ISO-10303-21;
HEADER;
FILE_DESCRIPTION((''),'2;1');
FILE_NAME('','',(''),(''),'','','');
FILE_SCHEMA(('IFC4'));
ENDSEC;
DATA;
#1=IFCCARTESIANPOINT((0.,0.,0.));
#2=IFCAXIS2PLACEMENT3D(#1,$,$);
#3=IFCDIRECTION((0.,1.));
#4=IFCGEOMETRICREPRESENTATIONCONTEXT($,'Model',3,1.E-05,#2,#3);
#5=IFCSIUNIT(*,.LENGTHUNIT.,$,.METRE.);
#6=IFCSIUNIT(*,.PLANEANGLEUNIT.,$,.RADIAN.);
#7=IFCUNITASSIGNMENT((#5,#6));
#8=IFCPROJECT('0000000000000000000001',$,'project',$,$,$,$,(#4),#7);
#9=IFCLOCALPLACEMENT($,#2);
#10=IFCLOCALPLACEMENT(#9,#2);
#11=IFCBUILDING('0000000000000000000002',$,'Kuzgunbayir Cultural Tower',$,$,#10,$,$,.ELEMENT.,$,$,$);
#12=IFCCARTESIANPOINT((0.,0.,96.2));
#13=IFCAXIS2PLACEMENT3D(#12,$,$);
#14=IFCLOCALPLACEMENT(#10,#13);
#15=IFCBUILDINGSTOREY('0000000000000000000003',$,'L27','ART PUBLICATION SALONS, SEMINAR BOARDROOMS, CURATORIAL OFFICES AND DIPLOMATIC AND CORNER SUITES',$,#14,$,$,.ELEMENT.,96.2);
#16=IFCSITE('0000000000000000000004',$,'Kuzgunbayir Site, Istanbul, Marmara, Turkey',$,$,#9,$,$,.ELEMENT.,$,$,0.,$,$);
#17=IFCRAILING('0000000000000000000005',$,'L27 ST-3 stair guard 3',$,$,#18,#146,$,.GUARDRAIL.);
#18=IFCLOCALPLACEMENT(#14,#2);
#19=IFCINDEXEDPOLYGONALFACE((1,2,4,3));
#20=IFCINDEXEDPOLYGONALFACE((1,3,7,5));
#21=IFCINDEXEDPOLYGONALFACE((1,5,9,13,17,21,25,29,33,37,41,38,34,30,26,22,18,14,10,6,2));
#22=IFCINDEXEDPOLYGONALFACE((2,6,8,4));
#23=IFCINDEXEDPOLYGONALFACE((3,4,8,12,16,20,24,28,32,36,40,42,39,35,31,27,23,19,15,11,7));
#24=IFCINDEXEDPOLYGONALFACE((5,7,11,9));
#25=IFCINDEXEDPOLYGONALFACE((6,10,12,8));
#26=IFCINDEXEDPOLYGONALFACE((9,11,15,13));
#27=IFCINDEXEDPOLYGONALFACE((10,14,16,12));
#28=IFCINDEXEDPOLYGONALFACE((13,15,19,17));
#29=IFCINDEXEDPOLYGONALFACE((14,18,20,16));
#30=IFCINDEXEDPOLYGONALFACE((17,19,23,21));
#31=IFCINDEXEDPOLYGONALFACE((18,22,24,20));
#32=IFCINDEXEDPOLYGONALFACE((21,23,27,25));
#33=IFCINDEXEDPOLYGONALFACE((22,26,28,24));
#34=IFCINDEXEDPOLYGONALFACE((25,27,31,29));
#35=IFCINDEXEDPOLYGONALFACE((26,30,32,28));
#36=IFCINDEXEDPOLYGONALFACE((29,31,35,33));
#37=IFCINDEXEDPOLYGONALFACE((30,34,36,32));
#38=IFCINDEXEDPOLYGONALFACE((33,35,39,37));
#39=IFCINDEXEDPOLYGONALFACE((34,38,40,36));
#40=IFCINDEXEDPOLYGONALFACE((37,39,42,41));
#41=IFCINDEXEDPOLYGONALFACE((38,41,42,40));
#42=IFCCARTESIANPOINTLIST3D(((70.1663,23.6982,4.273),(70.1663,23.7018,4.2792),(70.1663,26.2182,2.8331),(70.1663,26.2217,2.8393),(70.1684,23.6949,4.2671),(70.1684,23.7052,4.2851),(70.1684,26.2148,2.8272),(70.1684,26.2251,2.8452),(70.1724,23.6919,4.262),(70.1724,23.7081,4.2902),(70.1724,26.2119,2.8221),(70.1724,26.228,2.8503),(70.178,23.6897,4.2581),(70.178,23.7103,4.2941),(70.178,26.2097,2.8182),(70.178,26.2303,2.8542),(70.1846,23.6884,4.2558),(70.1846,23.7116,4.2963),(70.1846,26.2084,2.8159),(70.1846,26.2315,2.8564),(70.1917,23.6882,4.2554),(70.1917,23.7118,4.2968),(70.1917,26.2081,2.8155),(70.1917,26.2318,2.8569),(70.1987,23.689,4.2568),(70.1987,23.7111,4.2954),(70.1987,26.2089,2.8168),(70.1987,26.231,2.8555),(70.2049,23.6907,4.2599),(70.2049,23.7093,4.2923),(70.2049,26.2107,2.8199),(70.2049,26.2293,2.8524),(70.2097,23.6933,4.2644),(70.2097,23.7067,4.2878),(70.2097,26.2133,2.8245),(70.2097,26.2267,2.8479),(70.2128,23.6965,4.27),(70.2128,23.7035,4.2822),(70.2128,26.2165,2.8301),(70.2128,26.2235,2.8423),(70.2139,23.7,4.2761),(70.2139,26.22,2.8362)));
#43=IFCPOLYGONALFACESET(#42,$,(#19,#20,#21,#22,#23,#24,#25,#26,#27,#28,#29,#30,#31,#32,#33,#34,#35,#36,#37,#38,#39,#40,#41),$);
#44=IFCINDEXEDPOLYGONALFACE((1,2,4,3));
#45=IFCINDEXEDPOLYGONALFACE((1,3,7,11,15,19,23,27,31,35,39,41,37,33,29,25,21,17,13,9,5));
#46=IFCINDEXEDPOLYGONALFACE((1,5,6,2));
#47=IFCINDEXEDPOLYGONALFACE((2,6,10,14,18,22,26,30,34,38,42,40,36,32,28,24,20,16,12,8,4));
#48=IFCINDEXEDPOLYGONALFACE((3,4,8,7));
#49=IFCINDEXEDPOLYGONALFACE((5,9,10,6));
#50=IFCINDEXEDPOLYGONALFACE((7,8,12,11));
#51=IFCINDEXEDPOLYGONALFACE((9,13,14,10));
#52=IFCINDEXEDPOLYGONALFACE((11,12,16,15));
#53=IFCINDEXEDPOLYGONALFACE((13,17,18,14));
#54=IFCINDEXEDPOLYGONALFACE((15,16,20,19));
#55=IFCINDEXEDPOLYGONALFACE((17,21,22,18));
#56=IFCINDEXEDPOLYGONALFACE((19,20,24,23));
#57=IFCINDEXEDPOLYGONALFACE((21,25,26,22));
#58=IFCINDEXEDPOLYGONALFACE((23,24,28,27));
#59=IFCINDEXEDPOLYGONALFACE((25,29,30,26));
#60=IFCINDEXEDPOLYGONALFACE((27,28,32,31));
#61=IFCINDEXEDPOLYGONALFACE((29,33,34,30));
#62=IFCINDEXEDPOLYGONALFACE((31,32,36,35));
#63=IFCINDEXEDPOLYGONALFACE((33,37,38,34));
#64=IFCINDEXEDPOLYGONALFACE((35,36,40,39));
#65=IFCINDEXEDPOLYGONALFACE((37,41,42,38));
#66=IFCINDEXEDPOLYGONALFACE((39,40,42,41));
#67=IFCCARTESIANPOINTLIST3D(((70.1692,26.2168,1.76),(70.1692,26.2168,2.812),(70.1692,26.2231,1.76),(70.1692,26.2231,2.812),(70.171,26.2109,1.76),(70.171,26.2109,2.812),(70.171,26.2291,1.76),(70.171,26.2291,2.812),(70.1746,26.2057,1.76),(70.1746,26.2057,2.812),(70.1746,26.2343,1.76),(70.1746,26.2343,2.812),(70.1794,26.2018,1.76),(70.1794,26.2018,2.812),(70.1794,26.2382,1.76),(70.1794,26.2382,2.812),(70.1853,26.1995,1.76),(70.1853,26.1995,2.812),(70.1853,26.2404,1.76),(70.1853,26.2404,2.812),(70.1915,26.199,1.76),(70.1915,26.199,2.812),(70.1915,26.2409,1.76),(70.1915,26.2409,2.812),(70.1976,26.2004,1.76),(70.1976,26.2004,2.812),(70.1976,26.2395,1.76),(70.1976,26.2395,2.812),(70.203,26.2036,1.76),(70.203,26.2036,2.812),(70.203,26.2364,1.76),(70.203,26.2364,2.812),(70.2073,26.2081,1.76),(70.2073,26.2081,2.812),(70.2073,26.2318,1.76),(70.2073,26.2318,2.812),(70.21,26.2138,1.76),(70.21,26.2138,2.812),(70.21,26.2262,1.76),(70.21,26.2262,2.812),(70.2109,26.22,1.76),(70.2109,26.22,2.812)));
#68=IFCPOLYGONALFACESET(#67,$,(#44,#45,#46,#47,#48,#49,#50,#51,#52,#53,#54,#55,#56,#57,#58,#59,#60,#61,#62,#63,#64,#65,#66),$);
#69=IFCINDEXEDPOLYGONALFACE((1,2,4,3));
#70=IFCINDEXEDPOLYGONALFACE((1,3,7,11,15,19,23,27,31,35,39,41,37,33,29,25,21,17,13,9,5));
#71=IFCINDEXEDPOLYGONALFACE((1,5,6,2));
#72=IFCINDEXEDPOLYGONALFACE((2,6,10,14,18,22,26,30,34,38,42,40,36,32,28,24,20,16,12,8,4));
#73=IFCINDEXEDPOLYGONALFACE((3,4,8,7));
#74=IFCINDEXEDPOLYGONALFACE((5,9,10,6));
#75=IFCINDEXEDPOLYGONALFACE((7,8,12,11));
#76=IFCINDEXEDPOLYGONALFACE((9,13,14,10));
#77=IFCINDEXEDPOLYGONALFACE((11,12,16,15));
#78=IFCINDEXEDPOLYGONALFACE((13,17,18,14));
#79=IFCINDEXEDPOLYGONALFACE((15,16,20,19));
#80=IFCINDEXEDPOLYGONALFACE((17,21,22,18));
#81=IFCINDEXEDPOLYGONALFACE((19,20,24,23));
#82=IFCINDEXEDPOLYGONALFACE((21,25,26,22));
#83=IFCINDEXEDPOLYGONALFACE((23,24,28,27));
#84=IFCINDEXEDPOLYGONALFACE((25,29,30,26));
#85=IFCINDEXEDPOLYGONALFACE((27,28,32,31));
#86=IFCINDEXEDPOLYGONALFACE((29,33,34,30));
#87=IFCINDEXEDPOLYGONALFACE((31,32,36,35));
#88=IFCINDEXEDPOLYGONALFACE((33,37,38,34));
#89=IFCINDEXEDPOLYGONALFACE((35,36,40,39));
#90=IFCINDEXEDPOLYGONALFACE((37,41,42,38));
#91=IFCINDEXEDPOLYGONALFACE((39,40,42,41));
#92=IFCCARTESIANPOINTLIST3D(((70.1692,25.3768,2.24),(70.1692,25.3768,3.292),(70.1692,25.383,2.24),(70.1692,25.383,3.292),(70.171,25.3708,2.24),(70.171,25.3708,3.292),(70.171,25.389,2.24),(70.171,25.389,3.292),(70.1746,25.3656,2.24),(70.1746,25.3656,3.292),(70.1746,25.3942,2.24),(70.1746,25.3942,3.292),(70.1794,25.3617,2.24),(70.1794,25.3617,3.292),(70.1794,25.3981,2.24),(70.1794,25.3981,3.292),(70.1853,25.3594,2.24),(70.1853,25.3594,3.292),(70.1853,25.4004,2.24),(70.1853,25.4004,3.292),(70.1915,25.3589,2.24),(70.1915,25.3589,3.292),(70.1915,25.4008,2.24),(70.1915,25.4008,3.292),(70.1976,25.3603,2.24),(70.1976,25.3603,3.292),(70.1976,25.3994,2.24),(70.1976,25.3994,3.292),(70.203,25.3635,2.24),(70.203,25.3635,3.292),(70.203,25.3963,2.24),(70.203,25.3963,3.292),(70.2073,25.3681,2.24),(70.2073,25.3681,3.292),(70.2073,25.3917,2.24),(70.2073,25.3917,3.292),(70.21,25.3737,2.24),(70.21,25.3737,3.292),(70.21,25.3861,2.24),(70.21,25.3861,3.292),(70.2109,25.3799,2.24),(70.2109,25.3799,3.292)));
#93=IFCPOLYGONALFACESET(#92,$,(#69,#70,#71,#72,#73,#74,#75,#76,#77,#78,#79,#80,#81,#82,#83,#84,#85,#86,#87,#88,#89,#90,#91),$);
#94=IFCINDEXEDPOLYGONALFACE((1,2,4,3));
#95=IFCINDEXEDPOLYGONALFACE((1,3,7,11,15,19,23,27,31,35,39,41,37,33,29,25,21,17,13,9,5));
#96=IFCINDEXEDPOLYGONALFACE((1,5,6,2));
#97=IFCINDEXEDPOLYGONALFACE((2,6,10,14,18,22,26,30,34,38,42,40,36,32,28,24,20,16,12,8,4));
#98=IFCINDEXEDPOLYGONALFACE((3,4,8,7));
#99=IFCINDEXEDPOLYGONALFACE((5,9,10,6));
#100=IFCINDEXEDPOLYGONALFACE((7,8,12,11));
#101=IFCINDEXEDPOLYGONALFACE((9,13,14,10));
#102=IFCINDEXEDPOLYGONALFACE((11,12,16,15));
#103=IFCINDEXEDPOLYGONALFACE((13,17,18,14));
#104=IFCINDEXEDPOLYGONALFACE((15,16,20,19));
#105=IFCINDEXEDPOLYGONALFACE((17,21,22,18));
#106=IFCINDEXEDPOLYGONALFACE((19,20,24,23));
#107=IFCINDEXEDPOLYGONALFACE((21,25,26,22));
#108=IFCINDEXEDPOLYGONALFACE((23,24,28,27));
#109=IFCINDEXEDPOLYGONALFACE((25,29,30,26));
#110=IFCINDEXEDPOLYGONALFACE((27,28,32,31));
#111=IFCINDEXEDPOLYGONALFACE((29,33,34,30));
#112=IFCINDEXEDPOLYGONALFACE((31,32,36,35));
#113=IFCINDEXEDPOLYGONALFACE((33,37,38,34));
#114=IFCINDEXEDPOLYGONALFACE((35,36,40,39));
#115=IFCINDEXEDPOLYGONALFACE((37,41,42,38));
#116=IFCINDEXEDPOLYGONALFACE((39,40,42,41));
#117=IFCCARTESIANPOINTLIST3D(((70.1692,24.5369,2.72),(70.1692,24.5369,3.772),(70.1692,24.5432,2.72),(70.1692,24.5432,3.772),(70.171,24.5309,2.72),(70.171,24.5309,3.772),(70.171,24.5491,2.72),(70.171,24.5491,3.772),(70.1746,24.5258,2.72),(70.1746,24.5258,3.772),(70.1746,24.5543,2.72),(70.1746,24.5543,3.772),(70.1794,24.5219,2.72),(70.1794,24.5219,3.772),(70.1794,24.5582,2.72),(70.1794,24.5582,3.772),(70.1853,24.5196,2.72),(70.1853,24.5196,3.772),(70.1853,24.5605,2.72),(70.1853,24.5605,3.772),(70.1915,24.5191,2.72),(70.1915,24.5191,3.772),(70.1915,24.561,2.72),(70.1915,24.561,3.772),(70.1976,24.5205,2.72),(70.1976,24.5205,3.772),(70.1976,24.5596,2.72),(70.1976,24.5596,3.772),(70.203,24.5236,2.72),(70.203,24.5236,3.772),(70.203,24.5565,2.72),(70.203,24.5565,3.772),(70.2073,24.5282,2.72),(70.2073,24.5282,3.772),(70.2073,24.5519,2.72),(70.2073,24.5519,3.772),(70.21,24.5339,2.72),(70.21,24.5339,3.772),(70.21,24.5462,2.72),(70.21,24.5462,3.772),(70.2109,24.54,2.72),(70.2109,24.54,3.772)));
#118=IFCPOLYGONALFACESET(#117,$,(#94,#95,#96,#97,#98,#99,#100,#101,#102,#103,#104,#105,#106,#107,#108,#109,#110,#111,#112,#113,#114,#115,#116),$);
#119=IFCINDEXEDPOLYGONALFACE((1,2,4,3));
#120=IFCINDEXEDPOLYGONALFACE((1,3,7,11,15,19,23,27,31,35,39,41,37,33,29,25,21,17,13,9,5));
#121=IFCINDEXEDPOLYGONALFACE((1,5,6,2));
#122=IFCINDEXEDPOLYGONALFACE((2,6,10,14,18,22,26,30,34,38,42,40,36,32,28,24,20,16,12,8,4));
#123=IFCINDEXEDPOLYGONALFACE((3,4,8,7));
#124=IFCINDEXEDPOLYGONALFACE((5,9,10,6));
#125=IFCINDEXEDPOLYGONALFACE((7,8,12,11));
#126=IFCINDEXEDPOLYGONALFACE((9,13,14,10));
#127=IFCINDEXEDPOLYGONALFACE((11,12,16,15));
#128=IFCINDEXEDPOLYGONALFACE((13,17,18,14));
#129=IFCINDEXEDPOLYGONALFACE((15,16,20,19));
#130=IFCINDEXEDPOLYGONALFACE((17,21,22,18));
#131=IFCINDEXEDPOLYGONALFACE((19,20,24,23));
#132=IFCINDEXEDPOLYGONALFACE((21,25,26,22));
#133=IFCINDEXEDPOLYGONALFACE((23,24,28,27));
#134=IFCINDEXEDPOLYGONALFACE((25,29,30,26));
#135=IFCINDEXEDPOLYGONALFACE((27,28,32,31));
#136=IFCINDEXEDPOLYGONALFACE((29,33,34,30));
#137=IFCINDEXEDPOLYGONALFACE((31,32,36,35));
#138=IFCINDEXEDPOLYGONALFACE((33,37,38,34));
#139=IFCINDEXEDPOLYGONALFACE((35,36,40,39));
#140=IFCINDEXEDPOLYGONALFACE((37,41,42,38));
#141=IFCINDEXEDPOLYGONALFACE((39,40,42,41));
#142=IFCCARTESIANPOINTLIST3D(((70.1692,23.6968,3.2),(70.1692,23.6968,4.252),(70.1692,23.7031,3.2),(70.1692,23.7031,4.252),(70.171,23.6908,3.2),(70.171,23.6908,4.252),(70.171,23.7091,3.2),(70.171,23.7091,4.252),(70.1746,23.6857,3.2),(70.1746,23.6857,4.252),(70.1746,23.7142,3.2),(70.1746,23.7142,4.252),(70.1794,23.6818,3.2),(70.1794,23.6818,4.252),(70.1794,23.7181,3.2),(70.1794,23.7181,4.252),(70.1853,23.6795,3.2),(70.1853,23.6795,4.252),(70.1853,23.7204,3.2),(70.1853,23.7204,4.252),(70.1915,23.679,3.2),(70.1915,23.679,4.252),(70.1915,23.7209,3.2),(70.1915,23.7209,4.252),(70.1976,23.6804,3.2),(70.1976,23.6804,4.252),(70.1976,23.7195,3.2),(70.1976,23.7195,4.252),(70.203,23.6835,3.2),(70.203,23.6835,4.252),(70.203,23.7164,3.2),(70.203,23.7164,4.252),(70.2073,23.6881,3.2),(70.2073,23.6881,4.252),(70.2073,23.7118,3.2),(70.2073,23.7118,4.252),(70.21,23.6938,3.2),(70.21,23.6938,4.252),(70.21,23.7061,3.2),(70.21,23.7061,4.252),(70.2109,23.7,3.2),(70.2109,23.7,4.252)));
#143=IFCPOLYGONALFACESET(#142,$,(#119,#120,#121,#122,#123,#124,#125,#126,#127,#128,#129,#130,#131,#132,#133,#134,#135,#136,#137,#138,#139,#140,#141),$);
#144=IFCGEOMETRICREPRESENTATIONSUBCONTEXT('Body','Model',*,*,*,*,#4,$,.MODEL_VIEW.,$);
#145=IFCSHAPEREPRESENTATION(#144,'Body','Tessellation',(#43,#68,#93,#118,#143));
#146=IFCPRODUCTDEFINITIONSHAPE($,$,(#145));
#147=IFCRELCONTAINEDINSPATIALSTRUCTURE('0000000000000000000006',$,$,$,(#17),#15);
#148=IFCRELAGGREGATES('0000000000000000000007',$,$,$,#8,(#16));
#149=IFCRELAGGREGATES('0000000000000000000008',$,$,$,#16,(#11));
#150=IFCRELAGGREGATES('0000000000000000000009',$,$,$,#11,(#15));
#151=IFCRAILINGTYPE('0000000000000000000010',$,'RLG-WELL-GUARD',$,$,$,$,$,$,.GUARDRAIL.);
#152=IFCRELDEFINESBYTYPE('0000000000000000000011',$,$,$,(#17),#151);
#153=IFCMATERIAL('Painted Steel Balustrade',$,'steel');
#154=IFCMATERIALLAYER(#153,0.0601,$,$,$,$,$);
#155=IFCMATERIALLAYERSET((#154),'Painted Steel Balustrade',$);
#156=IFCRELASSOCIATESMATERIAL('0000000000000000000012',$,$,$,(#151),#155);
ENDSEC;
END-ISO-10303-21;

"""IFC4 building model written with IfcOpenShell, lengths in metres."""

from ifc_helpers import new_model, si_unit, direction, frame, origin, origin_2d, place, context, subcontext, project, spatial, circle, extrude, material, layer, layer_set, type_object, element, save


model = new_model("IFC4")

# Units and contexts
model_context = context("Model", 3, precision=1e-05, world=origin(), true_north=direction((0.0, 1.0)))
body_context = subcontext(model_context, "Body", "Model", "MODEL_VIEW")
ifc_project = project(units=[si_unit("LENGTHUNIT", "METRE"), si_unit("PLANEANGLEUNIT", "RADIAN")], contexts=[model_context])

# Site, building, storey
site_placement = place(None, origin())
site = spatial("IfcSite", under=ifc_project, at=site_placement, Name="Kuzgunbayir Site, Istanbul, Marmara, Turkey", CompositionType="ELEMENT", RefElevation=0.0)
building_placement = place(site_placement, origin())
building = spatial("IfcBuilding", under=site, at=building_placement, Name="Kuzgunbayir Cultural Tower", CompositionType="ELEMENT")
storey_placement = place(building_placement, frame((0.0, 0.0, 96.2)))
storey = spatial("IfcBuildingStorey", under=building, at=storey_placement, Name="L27", Description="ART PUBLICATION SALONS, SEMINAR BOARDROOMS, CURATORIAL OFFICES AND DIPLOMATIC AND CORNER SUITES", CompositionType="ELEMENT", Elevation=96.2)

# Railing
ifc_material_1 = material(Name="Painted Steel Balustrade", Category="steel")
ifc_layer_1 = layer(ifc_material_1, 0.0601)
ifc_layer_set_1 = layer_set([ifc_layer_1], Name="Painted Steel Balustrade")
railing_type_1 = type_object("IfcRailingType", Name="RLG-WELL-GUARD", PredefinedType="GUARDRAIL", material=ifc_layer_set_1)
railing_1_placement = place(storey_placement, frame((70.1899, 26.22, 1.76)))
element("IfcRailing", 1, at=railing_1_placement, inside=storey, type_object=railing_type_1, Name="L27 ST-3 stair guard 3", PredefinedType="GUARDRAIL", context=body_context, shape_type="SweptSolid", body=[
    extrude(circle(Radius=0.0239, at=origin_2d()), frame((0.0, 0.0, 1.0762), z_axis=(0.0, -0.868253, 0.496121), x_axis=(1.0, 0.0, 0.0)), (0.0, 0.0, 1.0), 2.9023),
    extrude(circle(Radius=0.021, at=origin_2d()), origin(), (0.0, 0.0, 1.0), 1.052),
    extrude(circle(Radius=0.021, at=origin_2d()), frame((0.0, -0.8401, 0.48)), (0.0, 0.0, 1.0), 1.052),
    extrude(circle(Radius=0.021, at=origin_2d()), frame((0.0, -1.6799, 0.96)), (0.0, 0.0, 1.0), 1.052),
    extrude(circle(Radius=0.021, at=origin_2d()), frame((0.0, -2.52, 1.4399)), (0.0, 0.0, 1.0), 1.052),
])

save(model, "model.ifc")
